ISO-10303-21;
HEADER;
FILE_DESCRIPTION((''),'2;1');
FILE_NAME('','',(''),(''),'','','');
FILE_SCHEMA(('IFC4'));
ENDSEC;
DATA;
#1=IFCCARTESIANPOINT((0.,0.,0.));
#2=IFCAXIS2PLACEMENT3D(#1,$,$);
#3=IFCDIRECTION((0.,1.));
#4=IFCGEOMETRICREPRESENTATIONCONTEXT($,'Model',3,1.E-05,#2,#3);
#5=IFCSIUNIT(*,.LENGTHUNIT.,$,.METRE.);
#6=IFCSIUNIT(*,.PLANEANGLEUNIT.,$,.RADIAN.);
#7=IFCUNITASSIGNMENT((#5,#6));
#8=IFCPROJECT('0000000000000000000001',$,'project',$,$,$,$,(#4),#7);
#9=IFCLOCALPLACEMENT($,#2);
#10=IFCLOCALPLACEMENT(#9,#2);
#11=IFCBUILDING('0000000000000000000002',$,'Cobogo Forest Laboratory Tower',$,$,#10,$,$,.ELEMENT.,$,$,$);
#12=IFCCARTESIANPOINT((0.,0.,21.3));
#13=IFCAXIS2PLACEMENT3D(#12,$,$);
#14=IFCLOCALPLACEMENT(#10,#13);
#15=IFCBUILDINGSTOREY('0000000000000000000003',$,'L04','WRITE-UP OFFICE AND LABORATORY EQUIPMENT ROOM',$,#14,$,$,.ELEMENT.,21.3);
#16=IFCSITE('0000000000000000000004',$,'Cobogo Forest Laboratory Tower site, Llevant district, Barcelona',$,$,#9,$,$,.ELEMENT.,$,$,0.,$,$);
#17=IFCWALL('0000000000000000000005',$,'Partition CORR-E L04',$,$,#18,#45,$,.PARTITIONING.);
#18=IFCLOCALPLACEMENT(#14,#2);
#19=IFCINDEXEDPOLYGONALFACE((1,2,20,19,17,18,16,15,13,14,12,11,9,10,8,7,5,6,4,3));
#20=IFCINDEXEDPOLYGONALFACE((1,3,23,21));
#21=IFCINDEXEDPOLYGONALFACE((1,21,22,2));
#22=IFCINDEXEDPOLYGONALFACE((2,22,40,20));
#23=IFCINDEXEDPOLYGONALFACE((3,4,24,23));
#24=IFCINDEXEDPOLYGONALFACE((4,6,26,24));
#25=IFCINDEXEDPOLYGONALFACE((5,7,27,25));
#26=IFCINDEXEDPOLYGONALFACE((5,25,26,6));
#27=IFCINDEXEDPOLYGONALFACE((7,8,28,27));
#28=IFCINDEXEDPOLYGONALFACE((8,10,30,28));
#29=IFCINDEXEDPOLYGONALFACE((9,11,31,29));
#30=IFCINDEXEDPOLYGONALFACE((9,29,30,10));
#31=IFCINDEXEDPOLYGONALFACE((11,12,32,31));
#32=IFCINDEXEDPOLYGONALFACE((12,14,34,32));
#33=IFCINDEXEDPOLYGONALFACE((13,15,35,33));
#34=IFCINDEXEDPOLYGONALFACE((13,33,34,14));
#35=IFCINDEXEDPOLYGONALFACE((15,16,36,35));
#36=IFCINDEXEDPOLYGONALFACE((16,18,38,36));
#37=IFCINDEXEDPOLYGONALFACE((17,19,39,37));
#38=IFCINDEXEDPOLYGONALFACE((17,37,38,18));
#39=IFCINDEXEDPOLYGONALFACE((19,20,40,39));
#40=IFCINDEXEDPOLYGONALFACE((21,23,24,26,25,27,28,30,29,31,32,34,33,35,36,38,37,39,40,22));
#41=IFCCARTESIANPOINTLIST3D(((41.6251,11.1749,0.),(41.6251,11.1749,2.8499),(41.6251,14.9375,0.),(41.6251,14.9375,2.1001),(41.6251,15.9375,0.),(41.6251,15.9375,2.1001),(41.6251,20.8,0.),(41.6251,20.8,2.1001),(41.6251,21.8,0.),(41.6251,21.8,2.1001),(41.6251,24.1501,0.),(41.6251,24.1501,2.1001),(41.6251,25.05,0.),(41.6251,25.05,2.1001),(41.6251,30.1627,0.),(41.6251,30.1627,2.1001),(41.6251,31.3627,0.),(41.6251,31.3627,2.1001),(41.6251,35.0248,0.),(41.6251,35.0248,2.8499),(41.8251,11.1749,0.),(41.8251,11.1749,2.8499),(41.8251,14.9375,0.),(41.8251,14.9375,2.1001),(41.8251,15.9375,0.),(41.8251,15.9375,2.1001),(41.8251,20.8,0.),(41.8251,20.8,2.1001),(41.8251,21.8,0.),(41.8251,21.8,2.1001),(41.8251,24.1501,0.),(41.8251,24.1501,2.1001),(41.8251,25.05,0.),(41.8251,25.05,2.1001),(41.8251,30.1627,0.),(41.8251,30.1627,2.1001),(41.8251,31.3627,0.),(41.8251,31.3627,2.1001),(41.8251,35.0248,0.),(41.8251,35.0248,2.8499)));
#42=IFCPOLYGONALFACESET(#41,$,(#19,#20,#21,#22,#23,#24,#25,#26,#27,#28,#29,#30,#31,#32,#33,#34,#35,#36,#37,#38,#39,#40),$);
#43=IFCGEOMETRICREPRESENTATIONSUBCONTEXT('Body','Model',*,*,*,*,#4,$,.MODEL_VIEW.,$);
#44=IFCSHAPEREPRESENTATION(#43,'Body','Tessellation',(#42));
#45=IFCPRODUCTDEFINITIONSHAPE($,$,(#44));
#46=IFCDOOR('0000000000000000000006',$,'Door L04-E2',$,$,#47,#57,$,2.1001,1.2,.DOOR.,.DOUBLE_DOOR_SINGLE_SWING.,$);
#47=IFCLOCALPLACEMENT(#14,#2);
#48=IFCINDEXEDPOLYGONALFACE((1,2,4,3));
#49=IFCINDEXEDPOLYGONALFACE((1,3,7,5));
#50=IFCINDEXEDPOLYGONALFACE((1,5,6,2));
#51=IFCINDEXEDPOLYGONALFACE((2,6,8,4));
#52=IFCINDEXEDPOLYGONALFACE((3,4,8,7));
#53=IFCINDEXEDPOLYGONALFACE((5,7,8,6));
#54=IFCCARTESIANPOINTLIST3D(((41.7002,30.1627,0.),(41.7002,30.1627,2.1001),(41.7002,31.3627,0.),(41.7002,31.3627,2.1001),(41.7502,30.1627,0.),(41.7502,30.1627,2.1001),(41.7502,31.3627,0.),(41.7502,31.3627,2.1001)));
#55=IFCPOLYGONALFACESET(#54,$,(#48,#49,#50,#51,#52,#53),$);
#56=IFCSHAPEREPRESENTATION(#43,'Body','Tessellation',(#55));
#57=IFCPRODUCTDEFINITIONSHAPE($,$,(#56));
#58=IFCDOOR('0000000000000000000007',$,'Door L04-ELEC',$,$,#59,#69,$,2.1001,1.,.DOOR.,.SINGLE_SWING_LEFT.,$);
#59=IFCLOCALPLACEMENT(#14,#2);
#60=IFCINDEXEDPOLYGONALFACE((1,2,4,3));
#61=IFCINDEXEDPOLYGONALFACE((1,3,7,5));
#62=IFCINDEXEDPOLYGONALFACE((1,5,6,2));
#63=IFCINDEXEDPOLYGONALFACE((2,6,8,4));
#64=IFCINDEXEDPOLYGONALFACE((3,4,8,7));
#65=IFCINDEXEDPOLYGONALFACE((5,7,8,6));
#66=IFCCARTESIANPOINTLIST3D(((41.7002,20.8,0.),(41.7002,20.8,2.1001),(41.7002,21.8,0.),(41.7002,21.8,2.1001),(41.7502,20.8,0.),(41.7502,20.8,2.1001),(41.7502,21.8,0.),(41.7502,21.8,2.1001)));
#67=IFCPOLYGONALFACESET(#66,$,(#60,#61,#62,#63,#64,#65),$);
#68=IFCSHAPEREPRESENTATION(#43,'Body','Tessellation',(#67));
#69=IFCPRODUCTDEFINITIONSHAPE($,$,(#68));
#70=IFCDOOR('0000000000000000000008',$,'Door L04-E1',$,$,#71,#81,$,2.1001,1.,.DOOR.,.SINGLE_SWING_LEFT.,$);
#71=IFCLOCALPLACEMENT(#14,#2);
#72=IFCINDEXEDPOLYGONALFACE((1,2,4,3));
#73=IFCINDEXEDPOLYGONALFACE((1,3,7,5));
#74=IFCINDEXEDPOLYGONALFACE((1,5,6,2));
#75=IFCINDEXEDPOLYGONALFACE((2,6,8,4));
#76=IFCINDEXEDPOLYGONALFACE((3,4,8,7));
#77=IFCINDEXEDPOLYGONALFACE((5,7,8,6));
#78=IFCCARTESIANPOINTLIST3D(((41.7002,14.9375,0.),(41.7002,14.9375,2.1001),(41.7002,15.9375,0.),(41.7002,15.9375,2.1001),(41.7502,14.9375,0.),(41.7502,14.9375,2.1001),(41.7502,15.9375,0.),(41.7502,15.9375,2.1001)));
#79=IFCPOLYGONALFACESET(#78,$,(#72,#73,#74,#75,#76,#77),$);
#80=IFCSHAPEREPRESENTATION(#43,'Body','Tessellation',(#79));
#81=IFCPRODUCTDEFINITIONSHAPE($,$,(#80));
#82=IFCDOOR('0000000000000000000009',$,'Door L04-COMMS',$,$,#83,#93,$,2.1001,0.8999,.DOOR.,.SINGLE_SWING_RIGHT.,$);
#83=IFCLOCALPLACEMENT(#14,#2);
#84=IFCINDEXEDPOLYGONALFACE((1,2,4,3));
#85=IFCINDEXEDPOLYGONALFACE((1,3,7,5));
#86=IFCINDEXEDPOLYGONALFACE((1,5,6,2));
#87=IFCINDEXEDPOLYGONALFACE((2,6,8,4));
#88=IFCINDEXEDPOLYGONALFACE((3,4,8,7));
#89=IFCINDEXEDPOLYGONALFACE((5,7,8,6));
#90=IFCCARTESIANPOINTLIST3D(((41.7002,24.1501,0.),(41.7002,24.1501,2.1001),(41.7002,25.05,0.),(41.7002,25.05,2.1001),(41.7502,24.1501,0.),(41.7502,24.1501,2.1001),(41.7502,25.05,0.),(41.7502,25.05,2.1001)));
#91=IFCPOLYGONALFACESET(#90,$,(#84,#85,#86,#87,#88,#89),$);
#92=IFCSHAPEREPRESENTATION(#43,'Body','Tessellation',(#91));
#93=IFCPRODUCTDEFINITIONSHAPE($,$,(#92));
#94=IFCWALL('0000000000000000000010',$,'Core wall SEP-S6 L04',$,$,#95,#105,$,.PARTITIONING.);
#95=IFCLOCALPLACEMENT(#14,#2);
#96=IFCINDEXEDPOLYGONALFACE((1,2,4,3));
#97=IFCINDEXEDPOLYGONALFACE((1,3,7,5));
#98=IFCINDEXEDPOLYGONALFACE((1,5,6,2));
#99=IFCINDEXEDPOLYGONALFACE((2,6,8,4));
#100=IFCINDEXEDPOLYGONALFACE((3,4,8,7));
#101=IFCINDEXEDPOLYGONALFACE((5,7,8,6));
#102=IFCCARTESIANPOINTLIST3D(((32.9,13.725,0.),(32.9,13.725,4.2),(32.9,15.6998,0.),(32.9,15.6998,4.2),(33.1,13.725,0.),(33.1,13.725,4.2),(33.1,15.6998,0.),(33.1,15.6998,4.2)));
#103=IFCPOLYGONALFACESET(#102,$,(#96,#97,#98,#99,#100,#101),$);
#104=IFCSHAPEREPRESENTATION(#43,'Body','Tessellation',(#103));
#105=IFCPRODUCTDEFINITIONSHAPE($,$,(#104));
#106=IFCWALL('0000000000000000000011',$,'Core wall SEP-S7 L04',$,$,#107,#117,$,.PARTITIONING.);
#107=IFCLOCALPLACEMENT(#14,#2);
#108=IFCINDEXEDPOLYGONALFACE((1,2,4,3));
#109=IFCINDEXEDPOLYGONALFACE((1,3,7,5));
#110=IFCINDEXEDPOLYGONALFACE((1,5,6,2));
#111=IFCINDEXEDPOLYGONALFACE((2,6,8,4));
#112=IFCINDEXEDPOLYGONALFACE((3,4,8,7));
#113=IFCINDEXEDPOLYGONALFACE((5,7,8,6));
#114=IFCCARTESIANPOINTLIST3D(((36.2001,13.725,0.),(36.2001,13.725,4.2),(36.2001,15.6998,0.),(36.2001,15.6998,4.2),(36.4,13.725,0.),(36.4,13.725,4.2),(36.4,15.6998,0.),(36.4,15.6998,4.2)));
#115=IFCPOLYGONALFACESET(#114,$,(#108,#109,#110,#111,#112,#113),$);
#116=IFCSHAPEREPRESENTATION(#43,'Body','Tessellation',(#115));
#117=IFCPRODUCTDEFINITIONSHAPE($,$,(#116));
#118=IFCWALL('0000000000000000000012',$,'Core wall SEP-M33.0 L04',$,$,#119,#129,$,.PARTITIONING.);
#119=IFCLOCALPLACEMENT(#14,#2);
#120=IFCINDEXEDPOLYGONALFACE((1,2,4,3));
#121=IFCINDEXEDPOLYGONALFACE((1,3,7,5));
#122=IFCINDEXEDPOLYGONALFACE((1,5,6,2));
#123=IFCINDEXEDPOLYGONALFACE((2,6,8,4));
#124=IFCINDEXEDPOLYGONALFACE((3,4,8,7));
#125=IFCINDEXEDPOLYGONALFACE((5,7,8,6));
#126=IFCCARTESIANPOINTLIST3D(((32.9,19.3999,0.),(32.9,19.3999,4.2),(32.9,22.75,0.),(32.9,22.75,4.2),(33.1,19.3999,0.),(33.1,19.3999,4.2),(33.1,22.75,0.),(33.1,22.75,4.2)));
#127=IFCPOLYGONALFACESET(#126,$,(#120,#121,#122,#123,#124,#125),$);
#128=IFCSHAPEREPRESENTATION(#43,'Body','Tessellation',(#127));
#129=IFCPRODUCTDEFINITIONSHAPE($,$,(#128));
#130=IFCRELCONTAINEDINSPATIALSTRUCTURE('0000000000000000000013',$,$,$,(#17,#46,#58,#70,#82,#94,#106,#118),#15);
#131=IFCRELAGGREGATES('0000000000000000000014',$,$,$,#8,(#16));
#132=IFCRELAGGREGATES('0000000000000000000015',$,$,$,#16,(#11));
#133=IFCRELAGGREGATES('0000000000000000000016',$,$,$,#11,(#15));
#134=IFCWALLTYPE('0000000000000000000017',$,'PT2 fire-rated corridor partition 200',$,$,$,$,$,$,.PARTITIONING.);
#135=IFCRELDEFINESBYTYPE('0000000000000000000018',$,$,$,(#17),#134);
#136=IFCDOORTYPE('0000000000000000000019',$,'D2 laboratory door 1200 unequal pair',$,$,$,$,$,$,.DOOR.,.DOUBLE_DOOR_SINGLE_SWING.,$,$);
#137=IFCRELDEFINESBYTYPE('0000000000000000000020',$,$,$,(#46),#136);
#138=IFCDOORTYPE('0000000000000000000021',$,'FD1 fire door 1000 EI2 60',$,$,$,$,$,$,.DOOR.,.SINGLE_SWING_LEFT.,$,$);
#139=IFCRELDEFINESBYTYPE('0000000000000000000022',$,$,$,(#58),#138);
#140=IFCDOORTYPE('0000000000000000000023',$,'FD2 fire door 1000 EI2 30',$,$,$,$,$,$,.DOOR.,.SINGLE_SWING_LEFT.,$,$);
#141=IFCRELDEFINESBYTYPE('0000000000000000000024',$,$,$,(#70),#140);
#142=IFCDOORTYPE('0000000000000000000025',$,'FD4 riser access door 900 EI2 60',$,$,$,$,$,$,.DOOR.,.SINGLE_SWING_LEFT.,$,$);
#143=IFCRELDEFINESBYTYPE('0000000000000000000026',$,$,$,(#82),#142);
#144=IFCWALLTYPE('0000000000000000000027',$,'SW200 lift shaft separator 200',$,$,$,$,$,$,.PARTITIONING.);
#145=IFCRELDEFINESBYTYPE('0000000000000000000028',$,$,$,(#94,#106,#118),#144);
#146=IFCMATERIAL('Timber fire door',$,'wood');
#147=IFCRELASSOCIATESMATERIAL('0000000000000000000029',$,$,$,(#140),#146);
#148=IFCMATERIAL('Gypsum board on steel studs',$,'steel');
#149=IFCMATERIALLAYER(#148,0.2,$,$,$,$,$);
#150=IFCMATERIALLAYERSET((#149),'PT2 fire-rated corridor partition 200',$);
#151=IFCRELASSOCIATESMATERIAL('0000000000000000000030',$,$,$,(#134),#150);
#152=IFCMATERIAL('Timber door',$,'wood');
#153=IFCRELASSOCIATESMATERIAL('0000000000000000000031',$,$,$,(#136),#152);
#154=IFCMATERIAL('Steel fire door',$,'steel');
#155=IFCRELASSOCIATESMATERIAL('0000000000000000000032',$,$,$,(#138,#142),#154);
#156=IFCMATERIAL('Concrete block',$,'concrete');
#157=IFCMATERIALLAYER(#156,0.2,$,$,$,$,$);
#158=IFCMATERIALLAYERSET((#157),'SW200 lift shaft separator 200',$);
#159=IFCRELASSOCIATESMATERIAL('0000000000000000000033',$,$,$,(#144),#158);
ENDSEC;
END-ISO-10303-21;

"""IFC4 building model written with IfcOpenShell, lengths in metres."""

from ifc_helpers import new_model, si_unit, direction, frame, frame_2d, origin, place, context, subcontext, project, spatial, rectangle, extrude, material, layer, layer_set, type_object, element, fill, save


model = new_model("IFC4")

# Units and contexts
model_context = context("Model", 3, precision=1e-05, world=origin(), true_north=direction((0.0, 1.0)))
body_context = subcontext(model_context, "Body", "Model", "MODEL_VIEW")
ifc_project = project(units=[si_unit("LENGTHUNIT", "METRE"), si_unit("PLANEANGLEUNIT", "RADIAN")], contexts=[model_context])

# Site, building, storey
site_placement = place(None, origin())
site = spatial("IfcSite", under=ifc_project, at=site_placement, Name="Cobogo Forest Laboratory Tower site, Llevant district, Barcelona", CompositionType="ELEMENT", RefElevation=0.0)
building_placement = place(site_placement, origin())
building = spatial("IfcBuilding", under=site, at=building_placement, Name="Cobogo Forest Laboratory Tower", CompositionType="ELEMENT")
storey_placement = place(building_placement, frame((0.0, 0.0, 21.3)))
storey = spatial("IfcBuildingStorey", under=building, at=storey_placement, Name="L04", Description="WRITE-UP OFFICE AND LABORATORY EQUIPMENT ROOM", CompositionType="ELEMENT", Elevation=21.3)

# Shared definitions
ifc_material_1 = material(Name="Steel fire door", Category="steel")

# Shared definitions
ifc_material_2 = material(Name="Gypsum board on steel studs", Category="steel")
ifc_material_3 = material(Name="Timber fire door", Category="wood")
door_type_1 = type_object("IfcDoorType", Name="FD2 fire door 1000 EI2 30", OperationType="SINGLE_SWING_LEFT", PredefinedType="DOOR", material=ifc_material_3)

# Wall, openings, doors
ifc_layer_1 = layer(ifc_material_2, 0.2)
ifc_layer_set_1 = layer_set([ifc_layer_1], Name="PT2 fire-rated corridor partition 200")
wall_type_1 = type_object("IfcWallType", Name="PT2 fire-rated corridor partition 200", PredefinedType="PARTITIONING", material=ifc_layer_set_1)
wall_1_placement = place(storey_placement, frame((41.7251, 11.175, 0.0), z_axis=(0.0, 0.0, 1.0), x_axis=(0.0, 1.0, 0.0)))
wall_1 = element("IfcWall", 1, at=wall_1_placement, inside=storey, type_object=wall_type_1, Name="Partition CORR-E L04", PredefinedType="PARTITIONING", context=body_context, shape_type="SweptSolid", body=[
    extrude(rectangle(XDim=23.8499, YDim=0.2, at=frame_2d((11.9248, 0.0))), origin(), (0.0, 0.0, 1.0), 2.8499),
])
opening_1_placement = place(wall_1_placement, frame((3.7625, 0.0, 0.0)))
opening_1 = element("IfcOpeningElement", 2, at=opening_1_placement, cuts=wall_1, PredefinedType="OPENING", context=body_context, shape_type="SweptSolid", body=[
    extrude(rectangle(XDim=1.0, YDim=2.1001, at=frame_2d((0.5, 1.05))), frame((0.0, 0.1099, 0.0), z_axis=(0.0, -1.0, 0.0), x_axis=(1.0, 0.0, 0.0)), (0.0, 0.0, 1.0), 0.22),
])
opening_2_placement = place(wall_1_placement, frame((9.625, 0.0, 0.0)))
opening_2 = element("IfcOpeningElement", 3, at=opening_2_placement, cuts=wall_1, PredefinedType="OPENING", context=body_context, shape_type="SweptSolid", body=[
    extrude(rectangle(XDim=1.0, YDim=2.1001, at=frame_2d((0.5, 1.05))), frame((0.0, 0.1099, 0.0), z_axis=(0.0, -1.0, 0.0), x_axis=(1.0, 0.0, 0.0)), (0.0, 0.0, 1.0), 0.22),
])
opening_3_placement = place(wall_1_placement, frame((12.9751, 0.0, 0.0)))
opening_3 = element("IfcOpeningElement", 4, at=opening_3_placement, cuts=wall_1, PredefinedType="OPENING", context=body_context, shape_type="SweptSolid", body=[
    extrude(rectangle(XDim=0.8999, YDim=2.1001, at=frame_2d((0.45, 1.05))), frame((0.0, 0.1099, 0.0), z_axis=(0.0, -1.0, 0.0), x_axis=(1.0, 0.0, 0.0)), (0.0, 0.0, 1.0), 0.22),
])
opening_4_placement = place(wall_1_placement, frame((18.9875, 0.0, 0.0)))
opening_4 = element("IfcOpeningElement", 5, at=opening_4_placement, cuts=wall_1, PredefinedType="OPENING", context=body_context, shape_type="SweptSolid", body=[
    extrude(rectangle(XDim=1.2, YDim=2.1001, at=frame_2d((0.6001, 1.05))), frame((0.0, 0.1099, 0.0), z_axis=(0.0, -1.0, 0.0), x_axis=(1.0, 0.0, 0.0)), (0.0, 0.0, 1.0), 0.22),
])
ifc_material_4 = material(Name="Timber door", Category="wood")
door_type_2 = type_object("IfcDoorType", Name="D2 laboratory door 1200 unequal pair", OperationType="DOUBLE_DOOR_SINGLE_SWING", PredefinedType="DOOR", material=ifc_material_4)
door_1_placement = place(opening_4_placement, origin())
door_1 = element("IfcDoor", 6, at=door_1_placement, inside=storey, type_object=door_type_2, Name="Door L04-E2", OperationType="DOUBLE_DOOR_SINGLE_SWING", OverallHeight=2.1001, OverallWidth=1.2, PredefinedType="DOOR", context=body_context, shape_type="SweptSolid", body=[
    extrude(rectangle(XDim=1.2, YDim=2.1001, at=frame_2d((0.6001, 1.05))), frame((0.0, 0.0249, 0.0), z_axis=(0.0, -1.0, 0.0), x_axis=(1.0, 0.0, 0.0)), (0.0, 0.0, 1.0), 0.05),
])
fill(opening_4, door_1)
door_type_3 = type_object("IfcDoorType", Name="FD1 fire door 1000 EI2 60", OperationType="SINGLE_SWING_LEFT", PredefinedType="DOOR", material=ifc_material_1)
door_2_placement = place(opening_2_placement, origin())
door_2 = element("IfcDoor", 7, at=door_2_placement, inside=storey, type_object=door_type_3, Name="Door L04-ELEC", OperationType="SINGLE_SWING_LEFT", OverallHeight=2.1001, OverallWidth=1.0, PredefinedType="DOOR", context=body_context, shape_type="SweptSolid", body=[
    extrude(rectangle(XDim=1.0, YDim=2.1001, at=frame_2d((0.5, 1.05))), frame((0.0, 0.0249, 0.0), z_axis=(0.0, -1.0, 0.0), x_axis=(1.0, 0.0, 0.0)), (0.0, 0.0, 1.0), 0.05),
])
fill(opening_2, door_2)
door_3_placement = place(opening_1_placement, origin())
door_3 = element("IfcDoor", 8, at=door_3_placement, inside=storey, type_object=door_type_1, Name="Door L04-E1", OperationType="SINGLE_SWING_LEFT", OverallHeight=2.1001, OverallWidth=1.0, PredefinedType="DOOR", context=body_context, shape_type="SweptSolid", body=[
    extrude(rectangle(XDim=1.0, YDim=2.1001, at=frame_2d((0.5, 1.05))), frame((0.0, 0.0249, 0.0), z_axis=(0.0, -1.0, 0.0), x_axis=(1.0, 0.0, 0.0)), (0.0, 0.0, 1.0), 0.05),
])
fill(opening_1, door_3)
door_type_4 = type_object("IfcDoorType", Name="FD4 riser access door 900 EI2 60", OperationType="SINGLE_SWING_LEFT", PredefinedType="DOOR", material=ifc_material_1)
door_4_placement = place(opening_3_placement, origin())
door_4 = element("IfcDoor", 9, at=door_4_placement, inside=storey, type_object=door_type_4, Name="Door L04-COMMS", OperationType="SINGLE_SWING_RIGHT", OverallHeight=2.1001, OverallWidth=0.8999, PredefinedType="DOOR", context=body_context, shape_type="SweptSolid", body=[
    extrude(rectangle(XDim=0.8999, YDim=2.1001, at=frame_2d((0.45, 1.05))), frame((0.0, 0.0249, 0.0), z_axis=(0.0, -1.0, 0.0), x_axis=(1.0, 0.0, 0.0)), (0.0, 0.0, 1.0), 0.05),
])
fill(opening_3, door_4)

# Walls
ifc_material_5 = material(Name="Concrete block", Category="concrete")
ifc_layer_2 = layer(ifc_material_5, 0.2)
ifc_layer_set_2 = layer_set([ifc_layer_2], Name="SW200 lift shaft separator 200")
wall_type_2 = type_object("IfcWallType", Name="SW200 lift shaft separator 200", PredefinedType="PARTITIONING", material=ifc_layer_set_2)
for number, where, z_axis, x_axis, name in (
    (10, (33.0, 13.7251, 0.0), (0.0, 0.0, 1.0), (0.0, 1.0, 0.0), "Core wall SEP-S6 L04"),
    (11, (36.3, 13.7251, 0.0), (0.0, 0.0, 1.0), (0.0, 1.0, 0.0), "Core wall SEP-S7 L04"),
):
    element("IfcWall", number, at=place(storey_placement, frame(where, z_axis=z_axis, x_axis=x_axis)), inside=storey, type_object=wall_type_2, Name=name, PredefinedType="PARTITIONING", context=body_context, shape_type="SweptSolid", body=[
        extrude(rectangle(XDim=1.9749, YDim=0.2, at=frame_2d((0.9873, 0.0))), origin(), (0.0, 0.0, 1.0), 4.2),
    ])
wall_2_placement = place(storey_placement, frame((33.0, 19.3999, 0.0), z_axis=(0.0, 0.0, 1.0), x_axis=(0.0, 1.0, 0.0)))
element("IfcWall", 12, at=wall_2_placement, inside=storey, type_object=wall_type_2, Name="Core wall SEP-M33.0 L04", PredefinedType="PARTITIONING", context=body_context, shape_type="SweptSolid", body=[
    extrude(rectangle(XDim=3.3501, YDim=0.2, at=frame_2d((1.675, 0.0))), origin(), (0.0, 0.0, 1.0), 4.2),
])

save(model, "model.ifc")
